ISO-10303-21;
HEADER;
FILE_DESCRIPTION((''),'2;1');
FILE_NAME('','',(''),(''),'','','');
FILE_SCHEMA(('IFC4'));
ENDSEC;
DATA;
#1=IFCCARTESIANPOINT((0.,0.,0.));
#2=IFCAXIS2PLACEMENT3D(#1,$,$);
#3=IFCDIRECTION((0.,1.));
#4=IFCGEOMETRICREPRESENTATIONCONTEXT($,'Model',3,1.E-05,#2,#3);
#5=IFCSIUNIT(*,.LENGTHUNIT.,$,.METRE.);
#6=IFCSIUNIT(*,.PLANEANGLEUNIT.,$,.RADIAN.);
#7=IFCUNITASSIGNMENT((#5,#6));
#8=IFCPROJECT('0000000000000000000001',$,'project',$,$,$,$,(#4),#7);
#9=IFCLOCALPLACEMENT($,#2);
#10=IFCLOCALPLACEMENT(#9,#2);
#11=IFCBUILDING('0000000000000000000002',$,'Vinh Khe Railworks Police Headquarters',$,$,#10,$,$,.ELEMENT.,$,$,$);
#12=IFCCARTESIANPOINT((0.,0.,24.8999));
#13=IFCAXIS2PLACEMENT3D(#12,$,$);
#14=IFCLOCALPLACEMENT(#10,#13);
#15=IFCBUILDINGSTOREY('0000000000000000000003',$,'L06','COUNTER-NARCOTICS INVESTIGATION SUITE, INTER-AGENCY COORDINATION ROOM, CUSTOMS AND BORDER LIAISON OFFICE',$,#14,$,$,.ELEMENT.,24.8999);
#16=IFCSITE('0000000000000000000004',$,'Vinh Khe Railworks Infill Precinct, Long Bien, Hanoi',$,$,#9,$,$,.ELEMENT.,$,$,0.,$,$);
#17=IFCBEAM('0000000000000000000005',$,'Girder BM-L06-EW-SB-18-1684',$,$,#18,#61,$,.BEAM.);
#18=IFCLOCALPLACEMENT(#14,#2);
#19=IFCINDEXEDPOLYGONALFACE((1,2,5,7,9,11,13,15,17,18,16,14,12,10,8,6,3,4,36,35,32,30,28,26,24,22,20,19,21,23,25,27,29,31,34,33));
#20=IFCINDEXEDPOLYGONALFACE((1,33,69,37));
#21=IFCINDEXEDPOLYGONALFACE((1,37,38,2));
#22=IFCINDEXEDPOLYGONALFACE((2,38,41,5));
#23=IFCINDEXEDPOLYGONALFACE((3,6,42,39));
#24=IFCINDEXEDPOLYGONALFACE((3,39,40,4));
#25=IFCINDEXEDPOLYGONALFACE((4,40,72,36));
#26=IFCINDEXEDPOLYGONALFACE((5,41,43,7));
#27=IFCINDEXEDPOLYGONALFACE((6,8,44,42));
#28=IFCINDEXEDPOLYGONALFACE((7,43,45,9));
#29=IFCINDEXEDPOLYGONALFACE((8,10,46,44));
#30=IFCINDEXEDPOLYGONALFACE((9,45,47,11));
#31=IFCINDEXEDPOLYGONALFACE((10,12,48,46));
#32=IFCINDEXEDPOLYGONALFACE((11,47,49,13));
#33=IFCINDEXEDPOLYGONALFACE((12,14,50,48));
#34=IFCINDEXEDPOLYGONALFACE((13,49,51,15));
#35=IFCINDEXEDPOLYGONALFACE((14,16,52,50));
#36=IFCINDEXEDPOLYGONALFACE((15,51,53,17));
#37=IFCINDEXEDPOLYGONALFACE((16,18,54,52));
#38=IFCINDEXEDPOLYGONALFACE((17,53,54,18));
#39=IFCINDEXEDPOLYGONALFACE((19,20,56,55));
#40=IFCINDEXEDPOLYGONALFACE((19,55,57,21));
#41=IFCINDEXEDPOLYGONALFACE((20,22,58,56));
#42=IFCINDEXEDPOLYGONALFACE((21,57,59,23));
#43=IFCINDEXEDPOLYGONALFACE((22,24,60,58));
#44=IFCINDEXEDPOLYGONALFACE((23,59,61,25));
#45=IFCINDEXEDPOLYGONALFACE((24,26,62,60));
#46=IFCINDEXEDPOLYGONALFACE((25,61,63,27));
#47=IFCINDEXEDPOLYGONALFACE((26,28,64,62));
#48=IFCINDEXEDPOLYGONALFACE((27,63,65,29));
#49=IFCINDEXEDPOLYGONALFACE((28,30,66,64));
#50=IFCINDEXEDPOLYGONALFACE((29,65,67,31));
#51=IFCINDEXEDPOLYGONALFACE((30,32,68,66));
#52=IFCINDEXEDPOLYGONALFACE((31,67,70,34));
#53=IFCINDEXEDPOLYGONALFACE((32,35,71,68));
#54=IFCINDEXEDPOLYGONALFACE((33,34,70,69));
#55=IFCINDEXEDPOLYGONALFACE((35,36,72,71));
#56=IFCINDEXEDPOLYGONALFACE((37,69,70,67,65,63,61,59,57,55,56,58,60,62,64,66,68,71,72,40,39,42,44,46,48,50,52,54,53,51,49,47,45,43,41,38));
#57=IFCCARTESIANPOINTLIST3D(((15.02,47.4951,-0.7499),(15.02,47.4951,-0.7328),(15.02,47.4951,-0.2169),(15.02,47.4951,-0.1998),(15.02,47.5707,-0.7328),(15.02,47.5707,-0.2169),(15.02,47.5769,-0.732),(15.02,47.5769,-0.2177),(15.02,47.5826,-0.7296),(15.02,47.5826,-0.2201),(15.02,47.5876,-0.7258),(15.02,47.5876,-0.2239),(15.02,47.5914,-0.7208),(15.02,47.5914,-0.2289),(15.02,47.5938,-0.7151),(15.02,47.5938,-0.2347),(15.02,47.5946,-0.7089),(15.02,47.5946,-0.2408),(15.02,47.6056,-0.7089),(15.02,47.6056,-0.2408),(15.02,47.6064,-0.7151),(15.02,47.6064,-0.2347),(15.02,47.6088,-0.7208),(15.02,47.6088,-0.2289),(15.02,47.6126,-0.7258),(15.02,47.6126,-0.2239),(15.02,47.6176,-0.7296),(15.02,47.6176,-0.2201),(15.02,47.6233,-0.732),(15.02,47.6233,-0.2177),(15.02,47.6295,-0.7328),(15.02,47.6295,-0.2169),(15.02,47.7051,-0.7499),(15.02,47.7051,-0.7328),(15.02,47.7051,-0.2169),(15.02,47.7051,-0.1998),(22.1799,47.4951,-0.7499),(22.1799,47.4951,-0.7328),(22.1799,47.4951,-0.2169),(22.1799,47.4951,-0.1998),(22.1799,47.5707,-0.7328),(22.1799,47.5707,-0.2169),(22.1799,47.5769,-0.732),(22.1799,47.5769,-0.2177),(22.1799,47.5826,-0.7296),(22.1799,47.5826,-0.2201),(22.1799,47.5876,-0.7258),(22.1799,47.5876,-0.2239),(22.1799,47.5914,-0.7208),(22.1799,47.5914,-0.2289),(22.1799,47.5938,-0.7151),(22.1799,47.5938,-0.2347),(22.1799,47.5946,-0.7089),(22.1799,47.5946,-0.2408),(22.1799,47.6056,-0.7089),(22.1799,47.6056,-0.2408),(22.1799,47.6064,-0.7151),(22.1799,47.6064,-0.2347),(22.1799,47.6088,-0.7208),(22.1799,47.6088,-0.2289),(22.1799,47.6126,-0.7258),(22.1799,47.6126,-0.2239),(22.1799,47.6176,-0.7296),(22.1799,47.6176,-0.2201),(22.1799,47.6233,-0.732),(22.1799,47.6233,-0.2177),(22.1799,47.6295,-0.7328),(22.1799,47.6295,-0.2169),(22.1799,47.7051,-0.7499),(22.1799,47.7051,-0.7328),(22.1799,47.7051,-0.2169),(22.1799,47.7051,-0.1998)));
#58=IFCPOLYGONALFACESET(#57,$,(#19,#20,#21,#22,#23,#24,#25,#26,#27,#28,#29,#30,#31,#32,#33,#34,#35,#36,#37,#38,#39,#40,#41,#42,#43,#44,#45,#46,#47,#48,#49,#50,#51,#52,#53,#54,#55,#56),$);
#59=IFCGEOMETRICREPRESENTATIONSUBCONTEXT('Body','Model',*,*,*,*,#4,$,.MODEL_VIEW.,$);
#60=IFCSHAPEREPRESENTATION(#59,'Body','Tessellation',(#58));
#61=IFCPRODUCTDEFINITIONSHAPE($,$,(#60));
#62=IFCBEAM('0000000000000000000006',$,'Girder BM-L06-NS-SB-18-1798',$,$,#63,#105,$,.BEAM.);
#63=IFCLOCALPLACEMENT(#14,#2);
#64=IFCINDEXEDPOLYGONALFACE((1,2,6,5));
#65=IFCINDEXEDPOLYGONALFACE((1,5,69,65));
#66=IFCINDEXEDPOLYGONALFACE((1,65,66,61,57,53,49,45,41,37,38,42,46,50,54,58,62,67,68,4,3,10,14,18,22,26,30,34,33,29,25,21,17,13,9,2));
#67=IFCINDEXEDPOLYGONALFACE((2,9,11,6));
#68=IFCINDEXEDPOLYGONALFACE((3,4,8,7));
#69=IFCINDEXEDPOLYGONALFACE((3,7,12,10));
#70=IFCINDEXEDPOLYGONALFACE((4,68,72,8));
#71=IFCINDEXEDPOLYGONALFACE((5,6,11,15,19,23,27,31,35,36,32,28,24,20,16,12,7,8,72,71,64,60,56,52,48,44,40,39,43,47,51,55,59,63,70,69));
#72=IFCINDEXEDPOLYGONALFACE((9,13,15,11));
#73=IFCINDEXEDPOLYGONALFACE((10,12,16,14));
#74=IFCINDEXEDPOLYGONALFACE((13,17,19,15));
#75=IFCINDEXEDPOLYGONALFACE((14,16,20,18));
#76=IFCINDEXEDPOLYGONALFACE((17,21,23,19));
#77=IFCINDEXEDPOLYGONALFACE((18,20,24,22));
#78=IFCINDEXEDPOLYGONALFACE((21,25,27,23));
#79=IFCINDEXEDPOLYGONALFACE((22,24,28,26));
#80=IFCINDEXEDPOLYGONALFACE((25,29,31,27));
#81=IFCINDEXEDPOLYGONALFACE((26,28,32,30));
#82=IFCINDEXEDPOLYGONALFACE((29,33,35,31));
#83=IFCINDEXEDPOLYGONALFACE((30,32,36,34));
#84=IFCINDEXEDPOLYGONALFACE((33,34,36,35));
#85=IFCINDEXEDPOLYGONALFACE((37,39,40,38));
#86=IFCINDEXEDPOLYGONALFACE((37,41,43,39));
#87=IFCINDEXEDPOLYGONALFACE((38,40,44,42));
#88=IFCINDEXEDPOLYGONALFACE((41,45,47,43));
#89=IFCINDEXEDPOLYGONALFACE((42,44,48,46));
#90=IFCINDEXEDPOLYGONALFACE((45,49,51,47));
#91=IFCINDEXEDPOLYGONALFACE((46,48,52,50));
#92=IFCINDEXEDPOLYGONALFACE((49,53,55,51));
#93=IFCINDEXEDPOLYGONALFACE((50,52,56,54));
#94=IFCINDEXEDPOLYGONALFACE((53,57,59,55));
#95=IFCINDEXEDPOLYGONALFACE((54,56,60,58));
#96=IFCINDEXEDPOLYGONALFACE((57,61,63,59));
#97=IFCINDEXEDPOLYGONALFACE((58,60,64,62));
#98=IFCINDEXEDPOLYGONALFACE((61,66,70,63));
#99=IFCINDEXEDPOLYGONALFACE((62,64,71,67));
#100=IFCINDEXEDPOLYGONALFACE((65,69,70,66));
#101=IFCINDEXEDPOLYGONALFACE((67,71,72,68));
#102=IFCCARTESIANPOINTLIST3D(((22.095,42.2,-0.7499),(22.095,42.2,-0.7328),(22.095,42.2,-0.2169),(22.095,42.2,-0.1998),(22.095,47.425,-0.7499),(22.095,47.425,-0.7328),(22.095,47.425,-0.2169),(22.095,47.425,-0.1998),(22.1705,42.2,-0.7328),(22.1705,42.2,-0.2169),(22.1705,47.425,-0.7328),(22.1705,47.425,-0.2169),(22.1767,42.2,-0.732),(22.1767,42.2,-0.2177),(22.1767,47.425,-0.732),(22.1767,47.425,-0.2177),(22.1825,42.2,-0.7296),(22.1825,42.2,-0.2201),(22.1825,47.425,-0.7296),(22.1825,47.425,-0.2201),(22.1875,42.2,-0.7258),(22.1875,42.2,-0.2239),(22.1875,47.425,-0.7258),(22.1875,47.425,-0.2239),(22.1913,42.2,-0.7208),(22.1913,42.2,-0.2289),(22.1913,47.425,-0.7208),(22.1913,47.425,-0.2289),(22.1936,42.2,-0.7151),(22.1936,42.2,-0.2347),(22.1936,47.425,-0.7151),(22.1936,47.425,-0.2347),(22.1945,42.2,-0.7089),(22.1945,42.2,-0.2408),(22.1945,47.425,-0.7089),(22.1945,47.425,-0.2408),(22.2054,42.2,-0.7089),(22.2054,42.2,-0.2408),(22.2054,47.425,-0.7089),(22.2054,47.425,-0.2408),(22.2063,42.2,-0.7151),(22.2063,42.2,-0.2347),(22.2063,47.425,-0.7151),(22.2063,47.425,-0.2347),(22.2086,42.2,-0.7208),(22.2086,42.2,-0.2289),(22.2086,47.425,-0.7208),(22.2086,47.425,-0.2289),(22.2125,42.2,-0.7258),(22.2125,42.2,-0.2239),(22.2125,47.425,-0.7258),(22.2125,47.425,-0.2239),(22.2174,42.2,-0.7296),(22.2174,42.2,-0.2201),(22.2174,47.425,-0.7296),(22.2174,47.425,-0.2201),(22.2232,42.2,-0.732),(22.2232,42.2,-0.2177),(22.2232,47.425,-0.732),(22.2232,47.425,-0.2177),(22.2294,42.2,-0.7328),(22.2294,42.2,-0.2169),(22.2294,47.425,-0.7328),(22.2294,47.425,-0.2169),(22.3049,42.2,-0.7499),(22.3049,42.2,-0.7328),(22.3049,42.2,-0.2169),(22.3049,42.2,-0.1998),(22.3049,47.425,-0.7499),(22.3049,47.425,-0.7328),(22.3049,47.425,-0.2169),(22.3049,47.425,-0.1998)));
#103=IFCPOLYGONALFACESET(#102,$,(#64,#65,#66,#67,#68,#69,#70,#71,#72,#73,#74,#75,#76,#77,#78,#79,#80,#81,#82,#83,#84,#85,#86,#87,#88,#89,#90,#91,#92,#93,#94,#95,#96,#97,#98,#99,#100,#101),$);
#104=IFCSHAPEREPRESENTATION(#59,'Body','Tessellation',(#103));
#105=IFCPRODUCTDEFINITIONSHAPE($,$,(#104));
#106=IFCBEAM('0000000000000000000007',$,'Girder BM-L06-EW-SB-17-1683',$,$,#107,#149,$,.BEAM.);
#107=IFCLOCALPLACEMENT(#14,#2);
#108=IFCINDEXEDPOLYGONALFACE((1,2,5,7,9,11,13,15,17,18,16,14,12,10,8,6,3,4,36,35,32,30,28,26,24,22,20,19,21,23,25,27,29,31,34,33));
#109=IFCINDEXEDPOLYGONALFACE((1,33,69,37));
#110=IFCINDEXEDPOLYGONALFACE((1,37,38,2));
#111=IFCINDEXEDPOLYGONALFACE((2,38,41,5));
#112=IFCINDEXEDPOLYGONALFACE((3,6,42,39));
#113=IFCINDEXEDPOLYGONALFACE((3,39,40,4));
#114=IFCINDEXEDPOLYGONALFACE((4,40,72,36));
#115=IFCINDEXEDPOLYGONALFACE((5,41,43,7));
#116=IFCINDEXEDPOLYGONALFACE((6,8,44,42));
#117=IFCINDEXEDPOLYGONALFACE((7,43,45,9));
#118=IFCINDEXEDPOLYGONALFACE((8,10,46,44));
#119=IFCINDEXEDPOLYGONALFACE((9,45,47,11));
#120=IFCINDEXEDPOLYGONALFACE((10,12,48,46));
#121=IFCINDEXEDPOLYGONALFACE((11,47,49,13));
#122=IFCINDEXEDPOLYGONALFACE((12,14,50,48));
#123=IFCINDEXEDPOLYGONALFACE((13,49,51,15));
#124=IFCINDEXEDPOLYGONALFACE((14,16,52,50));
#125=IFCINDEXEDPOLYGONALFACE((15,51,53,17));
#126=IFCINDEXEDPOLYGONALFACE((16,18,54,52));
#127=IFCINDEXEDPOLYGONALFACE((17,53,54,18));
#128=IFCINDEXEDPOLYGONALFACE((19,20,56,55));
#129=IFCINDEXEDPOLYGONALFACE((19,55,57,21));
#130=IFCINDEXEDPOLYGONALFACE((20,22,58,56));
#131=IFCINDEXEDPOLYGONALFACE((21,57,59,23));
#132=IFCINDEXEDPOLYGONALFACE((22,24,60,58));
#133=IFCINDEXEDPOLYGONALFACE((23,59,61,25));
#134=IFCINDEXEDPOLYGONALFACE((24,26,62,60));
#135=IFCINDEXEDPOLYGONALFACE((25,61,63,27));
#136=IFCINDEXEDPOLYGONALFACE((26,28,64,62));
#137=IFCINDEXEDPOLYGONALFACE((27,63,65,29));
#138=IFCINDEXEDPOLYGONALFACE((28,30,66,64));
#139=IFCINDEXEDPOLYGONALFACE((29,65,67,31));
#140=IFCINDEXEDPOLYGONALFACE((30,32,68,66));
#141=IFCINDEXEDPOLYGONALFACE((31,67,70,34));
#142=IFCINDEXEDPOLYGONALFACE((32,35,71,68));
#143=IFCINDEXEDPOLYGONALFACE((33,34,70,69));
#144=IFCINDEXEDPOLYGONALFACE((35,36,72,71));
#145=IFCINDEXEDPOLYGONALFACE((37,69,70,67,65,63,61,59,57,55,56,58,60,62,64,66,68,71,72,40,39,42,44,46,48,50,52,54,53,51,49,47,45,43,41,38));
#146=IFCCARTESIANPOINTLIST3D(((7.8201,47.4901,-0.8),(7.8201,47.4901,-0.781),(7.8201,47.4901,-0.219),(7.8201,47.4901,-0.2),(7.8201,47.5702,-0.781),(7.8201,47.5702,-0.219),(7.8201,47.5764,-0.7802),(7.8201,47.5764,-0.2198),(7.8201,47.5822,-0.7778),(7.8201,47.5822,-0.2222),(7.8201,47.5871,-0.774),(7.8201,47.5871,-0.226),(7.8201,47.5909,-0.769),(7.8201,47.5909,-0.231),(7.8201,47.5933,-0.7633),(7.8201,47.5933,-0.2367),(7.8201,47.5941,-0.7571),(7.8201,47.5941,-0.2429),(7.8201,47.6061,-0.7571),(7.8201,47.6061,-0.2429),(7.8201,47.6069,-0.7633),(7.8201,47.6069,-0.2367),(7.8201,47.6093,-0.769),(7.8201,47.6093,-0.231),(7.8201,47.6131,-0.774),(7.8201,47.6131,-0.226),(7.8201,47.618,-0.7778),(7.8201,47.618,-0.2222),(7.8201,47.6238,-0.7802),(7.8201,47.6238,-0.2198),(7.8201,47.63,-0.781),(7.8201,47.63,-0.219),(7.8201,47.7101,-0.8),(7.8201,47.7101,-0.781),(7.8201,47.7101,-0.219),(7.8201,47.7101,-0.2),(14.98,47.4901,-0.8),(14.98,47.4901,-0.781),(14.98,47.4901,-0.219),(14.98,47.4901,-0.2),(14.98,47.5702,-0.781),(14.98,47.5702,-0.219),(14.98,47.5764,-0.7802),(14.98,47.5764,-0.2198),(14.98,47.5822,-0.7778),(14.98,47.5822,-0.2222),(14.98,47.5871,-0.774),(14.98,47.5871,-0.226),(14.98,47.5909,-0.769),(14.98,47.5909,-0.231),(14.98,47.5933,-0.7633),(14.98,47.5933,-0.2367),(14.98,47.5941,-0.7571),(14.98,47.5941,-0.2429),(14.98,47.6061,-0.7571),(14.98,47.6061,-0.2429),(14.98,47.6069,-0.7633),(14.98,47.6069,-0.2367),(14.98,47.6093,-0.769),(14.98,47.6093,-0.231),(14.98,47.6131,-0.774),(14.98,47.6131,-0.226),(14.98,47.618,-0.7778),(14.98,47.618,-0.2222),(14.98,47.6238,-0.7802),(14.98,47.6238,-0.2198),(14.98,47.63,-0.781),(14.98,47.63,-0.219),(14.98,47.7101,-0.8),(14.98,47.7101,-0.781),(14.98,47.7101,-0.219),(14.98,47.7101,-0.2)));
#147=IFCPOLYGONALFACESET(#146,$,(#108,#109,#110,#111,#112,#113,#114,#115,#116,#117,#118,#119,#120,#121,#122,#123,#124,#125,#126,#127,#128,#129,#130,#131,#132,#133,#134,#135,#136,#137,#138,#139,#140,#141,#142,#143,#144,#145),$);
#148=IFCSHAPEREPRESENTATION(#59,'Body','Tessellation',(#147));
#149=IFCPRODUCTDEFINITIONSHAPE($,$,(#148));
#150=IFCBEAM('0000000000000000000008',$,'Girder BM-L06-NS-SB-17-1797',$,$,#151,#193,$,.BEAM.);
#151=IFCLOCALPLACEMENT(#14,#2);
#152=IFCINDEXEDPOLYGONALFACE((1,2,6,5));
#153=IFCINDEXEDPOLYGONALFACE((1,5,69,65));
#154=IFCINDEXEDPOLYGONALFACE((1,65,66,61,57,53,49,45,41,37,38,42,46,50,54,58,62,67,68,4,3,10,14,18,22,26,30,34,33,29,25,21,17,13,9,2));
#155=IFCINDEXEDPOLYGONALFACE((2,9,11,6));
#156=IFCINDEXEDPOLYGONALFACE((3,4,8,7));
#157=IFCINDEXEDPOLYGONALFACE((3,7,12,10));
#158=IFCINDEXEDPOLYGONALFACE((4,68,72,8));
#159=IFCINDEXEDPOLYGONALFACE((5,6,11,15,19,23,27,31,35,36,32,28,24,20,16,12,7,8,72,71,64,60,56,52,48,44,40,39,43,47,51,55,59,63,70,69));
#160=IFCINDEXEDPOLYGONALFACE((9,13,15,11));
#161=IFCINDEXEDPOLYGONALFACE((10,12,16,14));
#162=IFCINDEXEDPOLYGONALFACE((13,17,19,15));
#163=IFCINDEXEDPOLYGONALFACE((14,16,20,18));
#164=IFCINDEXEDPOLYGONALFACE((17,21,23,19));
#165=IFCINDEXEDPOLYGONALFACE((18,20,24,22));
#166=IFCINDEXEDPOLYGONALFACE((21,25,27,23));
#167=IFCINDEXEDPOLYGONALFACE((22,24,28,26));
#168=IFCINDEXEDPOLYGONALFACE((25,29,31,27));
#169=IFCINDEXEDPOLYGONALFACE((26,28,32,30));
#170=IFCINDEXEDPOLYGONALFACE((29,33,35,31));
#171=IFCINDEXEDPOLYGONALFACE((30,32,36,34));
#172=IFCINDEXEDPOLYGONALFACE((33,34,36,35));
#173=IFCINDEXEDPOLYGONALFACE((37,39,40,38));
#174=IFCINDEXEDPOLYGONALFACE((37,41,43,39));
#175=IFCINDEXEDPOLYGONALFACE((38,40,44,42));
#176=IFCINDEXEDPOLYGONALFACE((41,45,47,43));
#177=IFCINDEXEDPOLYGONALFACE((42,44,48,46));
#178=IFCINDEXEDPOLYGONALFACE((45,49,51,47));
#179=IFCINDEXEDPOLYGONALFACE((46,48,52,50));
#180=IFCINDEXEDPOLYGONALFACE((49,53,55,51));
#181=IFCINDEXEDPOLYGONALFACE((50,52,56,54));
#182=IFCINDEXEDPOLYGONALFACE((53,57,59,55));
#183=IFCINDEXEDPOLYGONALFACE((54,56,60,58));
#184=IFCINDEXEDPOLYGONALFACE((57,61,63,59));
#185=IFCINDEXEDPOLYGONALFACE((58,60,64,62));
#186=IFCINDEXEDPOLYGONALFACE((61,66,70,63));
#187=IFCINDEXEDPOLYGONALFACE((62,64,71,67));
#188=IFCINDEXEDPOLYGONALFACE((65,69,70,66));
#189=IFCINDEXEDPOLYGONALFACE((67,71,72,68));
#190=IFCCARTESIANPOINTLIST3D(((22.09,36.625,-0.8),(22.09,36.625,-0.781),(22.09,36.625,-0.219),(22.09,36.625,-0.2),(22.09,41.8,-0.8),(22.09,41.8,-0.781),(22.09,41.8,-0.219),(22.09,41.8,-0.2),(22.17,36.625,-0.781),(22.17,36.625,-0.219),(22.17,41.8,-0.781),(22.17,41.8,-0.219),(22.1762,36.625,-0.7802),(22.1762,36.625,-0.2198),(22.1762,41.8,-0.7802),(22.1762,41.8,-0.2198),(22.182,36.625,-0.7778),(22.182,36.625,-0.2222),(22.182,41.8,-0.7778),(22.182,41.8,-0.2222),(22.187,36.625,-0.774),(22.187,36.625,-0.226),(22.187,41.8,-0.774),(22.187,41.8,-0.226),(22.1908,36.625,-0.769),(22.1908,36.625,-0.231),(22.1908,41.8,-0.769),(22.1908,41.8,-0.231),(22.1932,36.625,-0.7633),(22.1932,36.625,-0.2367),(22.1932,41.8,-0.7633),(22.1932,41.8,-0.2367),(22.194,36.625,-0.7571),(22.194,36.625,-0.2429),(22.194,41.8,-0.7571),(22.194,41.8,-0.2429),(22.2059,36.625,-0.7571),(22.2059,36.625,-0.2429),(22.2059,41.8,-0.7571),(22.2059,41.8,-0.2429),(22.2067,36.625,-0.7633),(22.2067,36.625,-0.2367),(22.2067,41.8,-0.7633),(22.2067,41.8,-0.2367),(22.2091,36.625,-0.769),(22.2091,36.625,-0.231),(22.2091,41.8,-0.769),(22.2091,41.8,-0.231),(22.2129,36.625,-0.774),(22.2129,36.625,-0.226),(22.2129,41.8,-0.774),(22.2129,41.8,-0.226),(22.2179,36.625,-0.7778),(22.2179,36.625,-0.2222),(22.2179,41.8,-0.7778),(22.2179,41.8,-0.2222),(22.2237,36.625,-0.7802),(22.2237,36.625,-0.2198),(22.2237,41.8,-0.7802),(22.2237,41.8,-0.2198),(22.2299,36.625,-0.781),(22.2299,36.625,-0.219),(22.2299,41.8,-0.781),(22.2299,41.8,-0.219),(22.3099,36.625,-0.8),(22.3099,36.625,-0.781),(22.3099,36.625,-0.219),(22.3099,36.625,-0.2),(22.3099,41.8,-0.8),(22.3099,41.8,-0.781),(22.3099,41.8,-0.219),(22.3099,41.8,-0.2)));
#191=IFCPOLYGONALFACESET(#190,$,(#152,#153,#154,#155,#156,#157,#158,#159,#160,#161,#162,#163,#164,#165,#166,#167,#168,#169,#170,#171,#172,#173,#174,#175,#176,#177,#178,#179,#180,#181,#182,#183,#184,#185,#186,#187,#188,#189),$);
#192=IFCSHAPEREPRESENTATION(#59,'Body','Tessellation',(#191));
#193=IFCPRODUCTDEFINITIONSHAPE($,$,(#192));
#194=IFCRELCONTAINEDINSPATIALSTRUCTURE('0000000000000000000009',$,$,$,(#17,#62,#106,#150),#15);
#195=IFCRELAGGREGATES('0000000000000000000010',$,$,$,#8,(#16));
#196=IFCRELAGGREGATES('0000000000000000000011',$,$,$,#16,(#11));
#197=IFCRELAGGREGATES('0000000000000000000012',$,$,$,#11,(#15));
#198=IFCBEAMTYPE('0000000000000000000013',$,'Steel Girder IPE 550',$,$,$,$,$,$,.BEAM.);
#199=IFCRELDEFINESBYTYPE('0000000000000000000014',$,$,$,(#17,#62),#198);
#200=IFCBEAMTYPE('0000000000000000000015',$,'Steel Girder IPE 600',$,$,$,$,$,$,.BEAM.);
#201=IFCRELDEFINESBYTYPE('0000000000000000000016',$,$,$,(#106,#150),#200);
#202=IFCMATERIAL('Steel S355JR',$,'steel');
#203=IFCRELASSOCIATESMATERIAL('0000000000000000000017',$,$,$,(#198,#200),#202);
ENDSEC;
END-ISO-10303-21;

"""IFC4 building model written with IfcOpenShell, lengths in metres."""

from ifc_helpers import new_model, si_unit, direction, frame, origin, origin_2d, place, context, subcontext, project, spatial, i_section, extrude, material, material_profile, profile_set, type_object, element, save


model = new_model("IFC4")

# Units and contexts
model_context = context("Model", 3, precision=1e-05, world=origin(), true_north=direction((0.0, 1.0)))
body_context = subcontext(model_context, "Body", "Model", "MODEL_VIEW")
ifc_project = project(units=[si_unit("LENGTHUNIT", "METRE"), si_unit("PLANEANGLEUNIT", "RADIAN")], contexts=[model_context])

# Site, building, storey
site_placement = place(None, origin())
site = spatial("IfcSite", under=ifc_project, at=site_placement, Name="Vinh Khe Railworks Infill Precinct, Long Bien, Hanoi", CompositionType="ELEMENT", RefElevation=0.0)
building_placement = place(site_placement, origin())
building = spatial("IfcBuilding", under=site, at=building_placement, Name="Vinh Khe Railworks Police Headquarters", CompositionType="ELEMENT")
storey_placement = place(building_placement, frame((0.0, 0.0, 24.8999)))
storey = spatial("IfcBuildingStorey", under=building, at=storey_placement, Name="L06", Description="COUNTER-NARCOTICS INVESTIGATION SUITE, INTER-AGENCY COORDINATION ROOM, CUSTOMS AND BORDER LIAISON OFFICE", CompositionType="ELEMENT", Elevation=24.8999)

# Shared definitions
ifc_material_1 = material(Name="Steel S355JR", Category="steel")

# Beams
ifc_material_profile_1 = material_profile(ifc_material_1, i_section(OverallWidth=0.21, OverallDepth=0.55, WebThickness=0.011, FlangeThickness=0.0171, FilletRadius=0.0239, at=origin_2d()), Name="IPE 550")
ifc_profile_set_1 = profile_set([ifc_material_profile_1], Name="Steel S355JR")
beam_type_1 = type_object("IfcBeamType", Name="Steel Girder IPE 550", PredefinedType="BEAM", material=ifc_profile_set_1)
beam_1_placement = place(storey_placement, frame((15.02, 47.6001, -0.4749), z_axis=(1.0, 0.0, 0.0), x_axis=(0.0, 1.0, 0.0)))
element("IfcBeam", 1, at=beam_1_placement, inside=storey, type_object=beam_type_1, Name="Girder BM-L06-EW-SB-18-1684", PredefinedType="BEAM", context=body_context, shape_type="SweptSolid", body=[
    extrude(i_section(OverallWidth=0.21, OverallDepth=0.55, WebThickness=0.011, FlangeThickness=0.0171, FilletRadius=0.0239, at=origin_2d()), origin(), (0.0, 0.0, 1.0), 7.1599),
])
beam_2_placement = place(storey_placement, frame((22.2, 42.2, -0.4749), z_axis=(0.0, 1.0, 0.0), x_axis=(-1.0, 0.0, 0.0)))
element("IfcBeam", 2, at=beam_2_placement, inside=storey, type_object=beam_type_1, Name="Girder BM-L06-NS-SB-18-1798", PredefinedType="BEAM", context=body_context, shape_type="SweptSolid", body=[
    extrude(i_section(OverallWidth=0.21, OverallDepth=0.55, WebThickness=0.011, FlangeThickness=0.0171, FilletRadius=0.0239, at=origin_2d()), origin(), (0.0, 0.0, 1.0), 5.2251),
])
ifc_material_profile_2 = material_profile(ifc_material_1, i_section(OverallWidth=0.22, OverallDepth=0.6001, WebThickness=0.012, FlangeThickness=0.019, FilletRadius=0.0239, at=origin_2d()), Name="IPE 600")
ifc_profile_set_2 = profile_set([ifc_material_profile_2], Name="Steel S355JR")
beam_type_2 = type_object("IfcBeamType", Name="Steel Girder IPE 600", PredefinedType="BEAM", material=ifc_profile_set_2)
beam_3_placement = place(storey_placement, frame((7.8201, 47.6001, -0.5), z_axis=(1.0, 0.0, 0.0), x_axis=(0.0, 1.0, 0.0)))
element("IfcBeam", 3, at=beam_3_placement, inside=storey, type_object=beam_type_2, Name="Girder BM-L06-EW-SB-17-1683", PredefinedType="BEAM", context=body_context, shape_type="SweptSolid", body=[
    extrude(i_section(OverallWidth=0.22, OverallDepth=0.6001, WebThickness=0.012, FlangeThickness=0.019, FilletRadius=0.0239, at=origin_2d()), origin(), (0.0, 0.0, 1.0), 7.1599),
])
beam_4_placement = place(storey_placement, frame((22.2, 36.625, -0.5), z_axis=(0.0, 1.0, 0.0), x_axis=(-1.0, 0.0, 0.0)))
element("IfcBeam", 4, at=beam_4_placement, inside=storey, type_object=beam_type_2, Name="Girder BM-L06-NS-SB-17-1797", PredefinedType="BEAM", context=body_context, shape_type="SweptSolid", body=[
    extrude(i_section(OverallWidth=0.22, OverallDepth=0.6001, WebThickness=0.012, FlangeThickness=0.019, FilletRadius=0.0239, at=origin_2d()), origin(), (0.0, 0.0, 1.0), 5.175),
])

save(model, "model.ifc")
